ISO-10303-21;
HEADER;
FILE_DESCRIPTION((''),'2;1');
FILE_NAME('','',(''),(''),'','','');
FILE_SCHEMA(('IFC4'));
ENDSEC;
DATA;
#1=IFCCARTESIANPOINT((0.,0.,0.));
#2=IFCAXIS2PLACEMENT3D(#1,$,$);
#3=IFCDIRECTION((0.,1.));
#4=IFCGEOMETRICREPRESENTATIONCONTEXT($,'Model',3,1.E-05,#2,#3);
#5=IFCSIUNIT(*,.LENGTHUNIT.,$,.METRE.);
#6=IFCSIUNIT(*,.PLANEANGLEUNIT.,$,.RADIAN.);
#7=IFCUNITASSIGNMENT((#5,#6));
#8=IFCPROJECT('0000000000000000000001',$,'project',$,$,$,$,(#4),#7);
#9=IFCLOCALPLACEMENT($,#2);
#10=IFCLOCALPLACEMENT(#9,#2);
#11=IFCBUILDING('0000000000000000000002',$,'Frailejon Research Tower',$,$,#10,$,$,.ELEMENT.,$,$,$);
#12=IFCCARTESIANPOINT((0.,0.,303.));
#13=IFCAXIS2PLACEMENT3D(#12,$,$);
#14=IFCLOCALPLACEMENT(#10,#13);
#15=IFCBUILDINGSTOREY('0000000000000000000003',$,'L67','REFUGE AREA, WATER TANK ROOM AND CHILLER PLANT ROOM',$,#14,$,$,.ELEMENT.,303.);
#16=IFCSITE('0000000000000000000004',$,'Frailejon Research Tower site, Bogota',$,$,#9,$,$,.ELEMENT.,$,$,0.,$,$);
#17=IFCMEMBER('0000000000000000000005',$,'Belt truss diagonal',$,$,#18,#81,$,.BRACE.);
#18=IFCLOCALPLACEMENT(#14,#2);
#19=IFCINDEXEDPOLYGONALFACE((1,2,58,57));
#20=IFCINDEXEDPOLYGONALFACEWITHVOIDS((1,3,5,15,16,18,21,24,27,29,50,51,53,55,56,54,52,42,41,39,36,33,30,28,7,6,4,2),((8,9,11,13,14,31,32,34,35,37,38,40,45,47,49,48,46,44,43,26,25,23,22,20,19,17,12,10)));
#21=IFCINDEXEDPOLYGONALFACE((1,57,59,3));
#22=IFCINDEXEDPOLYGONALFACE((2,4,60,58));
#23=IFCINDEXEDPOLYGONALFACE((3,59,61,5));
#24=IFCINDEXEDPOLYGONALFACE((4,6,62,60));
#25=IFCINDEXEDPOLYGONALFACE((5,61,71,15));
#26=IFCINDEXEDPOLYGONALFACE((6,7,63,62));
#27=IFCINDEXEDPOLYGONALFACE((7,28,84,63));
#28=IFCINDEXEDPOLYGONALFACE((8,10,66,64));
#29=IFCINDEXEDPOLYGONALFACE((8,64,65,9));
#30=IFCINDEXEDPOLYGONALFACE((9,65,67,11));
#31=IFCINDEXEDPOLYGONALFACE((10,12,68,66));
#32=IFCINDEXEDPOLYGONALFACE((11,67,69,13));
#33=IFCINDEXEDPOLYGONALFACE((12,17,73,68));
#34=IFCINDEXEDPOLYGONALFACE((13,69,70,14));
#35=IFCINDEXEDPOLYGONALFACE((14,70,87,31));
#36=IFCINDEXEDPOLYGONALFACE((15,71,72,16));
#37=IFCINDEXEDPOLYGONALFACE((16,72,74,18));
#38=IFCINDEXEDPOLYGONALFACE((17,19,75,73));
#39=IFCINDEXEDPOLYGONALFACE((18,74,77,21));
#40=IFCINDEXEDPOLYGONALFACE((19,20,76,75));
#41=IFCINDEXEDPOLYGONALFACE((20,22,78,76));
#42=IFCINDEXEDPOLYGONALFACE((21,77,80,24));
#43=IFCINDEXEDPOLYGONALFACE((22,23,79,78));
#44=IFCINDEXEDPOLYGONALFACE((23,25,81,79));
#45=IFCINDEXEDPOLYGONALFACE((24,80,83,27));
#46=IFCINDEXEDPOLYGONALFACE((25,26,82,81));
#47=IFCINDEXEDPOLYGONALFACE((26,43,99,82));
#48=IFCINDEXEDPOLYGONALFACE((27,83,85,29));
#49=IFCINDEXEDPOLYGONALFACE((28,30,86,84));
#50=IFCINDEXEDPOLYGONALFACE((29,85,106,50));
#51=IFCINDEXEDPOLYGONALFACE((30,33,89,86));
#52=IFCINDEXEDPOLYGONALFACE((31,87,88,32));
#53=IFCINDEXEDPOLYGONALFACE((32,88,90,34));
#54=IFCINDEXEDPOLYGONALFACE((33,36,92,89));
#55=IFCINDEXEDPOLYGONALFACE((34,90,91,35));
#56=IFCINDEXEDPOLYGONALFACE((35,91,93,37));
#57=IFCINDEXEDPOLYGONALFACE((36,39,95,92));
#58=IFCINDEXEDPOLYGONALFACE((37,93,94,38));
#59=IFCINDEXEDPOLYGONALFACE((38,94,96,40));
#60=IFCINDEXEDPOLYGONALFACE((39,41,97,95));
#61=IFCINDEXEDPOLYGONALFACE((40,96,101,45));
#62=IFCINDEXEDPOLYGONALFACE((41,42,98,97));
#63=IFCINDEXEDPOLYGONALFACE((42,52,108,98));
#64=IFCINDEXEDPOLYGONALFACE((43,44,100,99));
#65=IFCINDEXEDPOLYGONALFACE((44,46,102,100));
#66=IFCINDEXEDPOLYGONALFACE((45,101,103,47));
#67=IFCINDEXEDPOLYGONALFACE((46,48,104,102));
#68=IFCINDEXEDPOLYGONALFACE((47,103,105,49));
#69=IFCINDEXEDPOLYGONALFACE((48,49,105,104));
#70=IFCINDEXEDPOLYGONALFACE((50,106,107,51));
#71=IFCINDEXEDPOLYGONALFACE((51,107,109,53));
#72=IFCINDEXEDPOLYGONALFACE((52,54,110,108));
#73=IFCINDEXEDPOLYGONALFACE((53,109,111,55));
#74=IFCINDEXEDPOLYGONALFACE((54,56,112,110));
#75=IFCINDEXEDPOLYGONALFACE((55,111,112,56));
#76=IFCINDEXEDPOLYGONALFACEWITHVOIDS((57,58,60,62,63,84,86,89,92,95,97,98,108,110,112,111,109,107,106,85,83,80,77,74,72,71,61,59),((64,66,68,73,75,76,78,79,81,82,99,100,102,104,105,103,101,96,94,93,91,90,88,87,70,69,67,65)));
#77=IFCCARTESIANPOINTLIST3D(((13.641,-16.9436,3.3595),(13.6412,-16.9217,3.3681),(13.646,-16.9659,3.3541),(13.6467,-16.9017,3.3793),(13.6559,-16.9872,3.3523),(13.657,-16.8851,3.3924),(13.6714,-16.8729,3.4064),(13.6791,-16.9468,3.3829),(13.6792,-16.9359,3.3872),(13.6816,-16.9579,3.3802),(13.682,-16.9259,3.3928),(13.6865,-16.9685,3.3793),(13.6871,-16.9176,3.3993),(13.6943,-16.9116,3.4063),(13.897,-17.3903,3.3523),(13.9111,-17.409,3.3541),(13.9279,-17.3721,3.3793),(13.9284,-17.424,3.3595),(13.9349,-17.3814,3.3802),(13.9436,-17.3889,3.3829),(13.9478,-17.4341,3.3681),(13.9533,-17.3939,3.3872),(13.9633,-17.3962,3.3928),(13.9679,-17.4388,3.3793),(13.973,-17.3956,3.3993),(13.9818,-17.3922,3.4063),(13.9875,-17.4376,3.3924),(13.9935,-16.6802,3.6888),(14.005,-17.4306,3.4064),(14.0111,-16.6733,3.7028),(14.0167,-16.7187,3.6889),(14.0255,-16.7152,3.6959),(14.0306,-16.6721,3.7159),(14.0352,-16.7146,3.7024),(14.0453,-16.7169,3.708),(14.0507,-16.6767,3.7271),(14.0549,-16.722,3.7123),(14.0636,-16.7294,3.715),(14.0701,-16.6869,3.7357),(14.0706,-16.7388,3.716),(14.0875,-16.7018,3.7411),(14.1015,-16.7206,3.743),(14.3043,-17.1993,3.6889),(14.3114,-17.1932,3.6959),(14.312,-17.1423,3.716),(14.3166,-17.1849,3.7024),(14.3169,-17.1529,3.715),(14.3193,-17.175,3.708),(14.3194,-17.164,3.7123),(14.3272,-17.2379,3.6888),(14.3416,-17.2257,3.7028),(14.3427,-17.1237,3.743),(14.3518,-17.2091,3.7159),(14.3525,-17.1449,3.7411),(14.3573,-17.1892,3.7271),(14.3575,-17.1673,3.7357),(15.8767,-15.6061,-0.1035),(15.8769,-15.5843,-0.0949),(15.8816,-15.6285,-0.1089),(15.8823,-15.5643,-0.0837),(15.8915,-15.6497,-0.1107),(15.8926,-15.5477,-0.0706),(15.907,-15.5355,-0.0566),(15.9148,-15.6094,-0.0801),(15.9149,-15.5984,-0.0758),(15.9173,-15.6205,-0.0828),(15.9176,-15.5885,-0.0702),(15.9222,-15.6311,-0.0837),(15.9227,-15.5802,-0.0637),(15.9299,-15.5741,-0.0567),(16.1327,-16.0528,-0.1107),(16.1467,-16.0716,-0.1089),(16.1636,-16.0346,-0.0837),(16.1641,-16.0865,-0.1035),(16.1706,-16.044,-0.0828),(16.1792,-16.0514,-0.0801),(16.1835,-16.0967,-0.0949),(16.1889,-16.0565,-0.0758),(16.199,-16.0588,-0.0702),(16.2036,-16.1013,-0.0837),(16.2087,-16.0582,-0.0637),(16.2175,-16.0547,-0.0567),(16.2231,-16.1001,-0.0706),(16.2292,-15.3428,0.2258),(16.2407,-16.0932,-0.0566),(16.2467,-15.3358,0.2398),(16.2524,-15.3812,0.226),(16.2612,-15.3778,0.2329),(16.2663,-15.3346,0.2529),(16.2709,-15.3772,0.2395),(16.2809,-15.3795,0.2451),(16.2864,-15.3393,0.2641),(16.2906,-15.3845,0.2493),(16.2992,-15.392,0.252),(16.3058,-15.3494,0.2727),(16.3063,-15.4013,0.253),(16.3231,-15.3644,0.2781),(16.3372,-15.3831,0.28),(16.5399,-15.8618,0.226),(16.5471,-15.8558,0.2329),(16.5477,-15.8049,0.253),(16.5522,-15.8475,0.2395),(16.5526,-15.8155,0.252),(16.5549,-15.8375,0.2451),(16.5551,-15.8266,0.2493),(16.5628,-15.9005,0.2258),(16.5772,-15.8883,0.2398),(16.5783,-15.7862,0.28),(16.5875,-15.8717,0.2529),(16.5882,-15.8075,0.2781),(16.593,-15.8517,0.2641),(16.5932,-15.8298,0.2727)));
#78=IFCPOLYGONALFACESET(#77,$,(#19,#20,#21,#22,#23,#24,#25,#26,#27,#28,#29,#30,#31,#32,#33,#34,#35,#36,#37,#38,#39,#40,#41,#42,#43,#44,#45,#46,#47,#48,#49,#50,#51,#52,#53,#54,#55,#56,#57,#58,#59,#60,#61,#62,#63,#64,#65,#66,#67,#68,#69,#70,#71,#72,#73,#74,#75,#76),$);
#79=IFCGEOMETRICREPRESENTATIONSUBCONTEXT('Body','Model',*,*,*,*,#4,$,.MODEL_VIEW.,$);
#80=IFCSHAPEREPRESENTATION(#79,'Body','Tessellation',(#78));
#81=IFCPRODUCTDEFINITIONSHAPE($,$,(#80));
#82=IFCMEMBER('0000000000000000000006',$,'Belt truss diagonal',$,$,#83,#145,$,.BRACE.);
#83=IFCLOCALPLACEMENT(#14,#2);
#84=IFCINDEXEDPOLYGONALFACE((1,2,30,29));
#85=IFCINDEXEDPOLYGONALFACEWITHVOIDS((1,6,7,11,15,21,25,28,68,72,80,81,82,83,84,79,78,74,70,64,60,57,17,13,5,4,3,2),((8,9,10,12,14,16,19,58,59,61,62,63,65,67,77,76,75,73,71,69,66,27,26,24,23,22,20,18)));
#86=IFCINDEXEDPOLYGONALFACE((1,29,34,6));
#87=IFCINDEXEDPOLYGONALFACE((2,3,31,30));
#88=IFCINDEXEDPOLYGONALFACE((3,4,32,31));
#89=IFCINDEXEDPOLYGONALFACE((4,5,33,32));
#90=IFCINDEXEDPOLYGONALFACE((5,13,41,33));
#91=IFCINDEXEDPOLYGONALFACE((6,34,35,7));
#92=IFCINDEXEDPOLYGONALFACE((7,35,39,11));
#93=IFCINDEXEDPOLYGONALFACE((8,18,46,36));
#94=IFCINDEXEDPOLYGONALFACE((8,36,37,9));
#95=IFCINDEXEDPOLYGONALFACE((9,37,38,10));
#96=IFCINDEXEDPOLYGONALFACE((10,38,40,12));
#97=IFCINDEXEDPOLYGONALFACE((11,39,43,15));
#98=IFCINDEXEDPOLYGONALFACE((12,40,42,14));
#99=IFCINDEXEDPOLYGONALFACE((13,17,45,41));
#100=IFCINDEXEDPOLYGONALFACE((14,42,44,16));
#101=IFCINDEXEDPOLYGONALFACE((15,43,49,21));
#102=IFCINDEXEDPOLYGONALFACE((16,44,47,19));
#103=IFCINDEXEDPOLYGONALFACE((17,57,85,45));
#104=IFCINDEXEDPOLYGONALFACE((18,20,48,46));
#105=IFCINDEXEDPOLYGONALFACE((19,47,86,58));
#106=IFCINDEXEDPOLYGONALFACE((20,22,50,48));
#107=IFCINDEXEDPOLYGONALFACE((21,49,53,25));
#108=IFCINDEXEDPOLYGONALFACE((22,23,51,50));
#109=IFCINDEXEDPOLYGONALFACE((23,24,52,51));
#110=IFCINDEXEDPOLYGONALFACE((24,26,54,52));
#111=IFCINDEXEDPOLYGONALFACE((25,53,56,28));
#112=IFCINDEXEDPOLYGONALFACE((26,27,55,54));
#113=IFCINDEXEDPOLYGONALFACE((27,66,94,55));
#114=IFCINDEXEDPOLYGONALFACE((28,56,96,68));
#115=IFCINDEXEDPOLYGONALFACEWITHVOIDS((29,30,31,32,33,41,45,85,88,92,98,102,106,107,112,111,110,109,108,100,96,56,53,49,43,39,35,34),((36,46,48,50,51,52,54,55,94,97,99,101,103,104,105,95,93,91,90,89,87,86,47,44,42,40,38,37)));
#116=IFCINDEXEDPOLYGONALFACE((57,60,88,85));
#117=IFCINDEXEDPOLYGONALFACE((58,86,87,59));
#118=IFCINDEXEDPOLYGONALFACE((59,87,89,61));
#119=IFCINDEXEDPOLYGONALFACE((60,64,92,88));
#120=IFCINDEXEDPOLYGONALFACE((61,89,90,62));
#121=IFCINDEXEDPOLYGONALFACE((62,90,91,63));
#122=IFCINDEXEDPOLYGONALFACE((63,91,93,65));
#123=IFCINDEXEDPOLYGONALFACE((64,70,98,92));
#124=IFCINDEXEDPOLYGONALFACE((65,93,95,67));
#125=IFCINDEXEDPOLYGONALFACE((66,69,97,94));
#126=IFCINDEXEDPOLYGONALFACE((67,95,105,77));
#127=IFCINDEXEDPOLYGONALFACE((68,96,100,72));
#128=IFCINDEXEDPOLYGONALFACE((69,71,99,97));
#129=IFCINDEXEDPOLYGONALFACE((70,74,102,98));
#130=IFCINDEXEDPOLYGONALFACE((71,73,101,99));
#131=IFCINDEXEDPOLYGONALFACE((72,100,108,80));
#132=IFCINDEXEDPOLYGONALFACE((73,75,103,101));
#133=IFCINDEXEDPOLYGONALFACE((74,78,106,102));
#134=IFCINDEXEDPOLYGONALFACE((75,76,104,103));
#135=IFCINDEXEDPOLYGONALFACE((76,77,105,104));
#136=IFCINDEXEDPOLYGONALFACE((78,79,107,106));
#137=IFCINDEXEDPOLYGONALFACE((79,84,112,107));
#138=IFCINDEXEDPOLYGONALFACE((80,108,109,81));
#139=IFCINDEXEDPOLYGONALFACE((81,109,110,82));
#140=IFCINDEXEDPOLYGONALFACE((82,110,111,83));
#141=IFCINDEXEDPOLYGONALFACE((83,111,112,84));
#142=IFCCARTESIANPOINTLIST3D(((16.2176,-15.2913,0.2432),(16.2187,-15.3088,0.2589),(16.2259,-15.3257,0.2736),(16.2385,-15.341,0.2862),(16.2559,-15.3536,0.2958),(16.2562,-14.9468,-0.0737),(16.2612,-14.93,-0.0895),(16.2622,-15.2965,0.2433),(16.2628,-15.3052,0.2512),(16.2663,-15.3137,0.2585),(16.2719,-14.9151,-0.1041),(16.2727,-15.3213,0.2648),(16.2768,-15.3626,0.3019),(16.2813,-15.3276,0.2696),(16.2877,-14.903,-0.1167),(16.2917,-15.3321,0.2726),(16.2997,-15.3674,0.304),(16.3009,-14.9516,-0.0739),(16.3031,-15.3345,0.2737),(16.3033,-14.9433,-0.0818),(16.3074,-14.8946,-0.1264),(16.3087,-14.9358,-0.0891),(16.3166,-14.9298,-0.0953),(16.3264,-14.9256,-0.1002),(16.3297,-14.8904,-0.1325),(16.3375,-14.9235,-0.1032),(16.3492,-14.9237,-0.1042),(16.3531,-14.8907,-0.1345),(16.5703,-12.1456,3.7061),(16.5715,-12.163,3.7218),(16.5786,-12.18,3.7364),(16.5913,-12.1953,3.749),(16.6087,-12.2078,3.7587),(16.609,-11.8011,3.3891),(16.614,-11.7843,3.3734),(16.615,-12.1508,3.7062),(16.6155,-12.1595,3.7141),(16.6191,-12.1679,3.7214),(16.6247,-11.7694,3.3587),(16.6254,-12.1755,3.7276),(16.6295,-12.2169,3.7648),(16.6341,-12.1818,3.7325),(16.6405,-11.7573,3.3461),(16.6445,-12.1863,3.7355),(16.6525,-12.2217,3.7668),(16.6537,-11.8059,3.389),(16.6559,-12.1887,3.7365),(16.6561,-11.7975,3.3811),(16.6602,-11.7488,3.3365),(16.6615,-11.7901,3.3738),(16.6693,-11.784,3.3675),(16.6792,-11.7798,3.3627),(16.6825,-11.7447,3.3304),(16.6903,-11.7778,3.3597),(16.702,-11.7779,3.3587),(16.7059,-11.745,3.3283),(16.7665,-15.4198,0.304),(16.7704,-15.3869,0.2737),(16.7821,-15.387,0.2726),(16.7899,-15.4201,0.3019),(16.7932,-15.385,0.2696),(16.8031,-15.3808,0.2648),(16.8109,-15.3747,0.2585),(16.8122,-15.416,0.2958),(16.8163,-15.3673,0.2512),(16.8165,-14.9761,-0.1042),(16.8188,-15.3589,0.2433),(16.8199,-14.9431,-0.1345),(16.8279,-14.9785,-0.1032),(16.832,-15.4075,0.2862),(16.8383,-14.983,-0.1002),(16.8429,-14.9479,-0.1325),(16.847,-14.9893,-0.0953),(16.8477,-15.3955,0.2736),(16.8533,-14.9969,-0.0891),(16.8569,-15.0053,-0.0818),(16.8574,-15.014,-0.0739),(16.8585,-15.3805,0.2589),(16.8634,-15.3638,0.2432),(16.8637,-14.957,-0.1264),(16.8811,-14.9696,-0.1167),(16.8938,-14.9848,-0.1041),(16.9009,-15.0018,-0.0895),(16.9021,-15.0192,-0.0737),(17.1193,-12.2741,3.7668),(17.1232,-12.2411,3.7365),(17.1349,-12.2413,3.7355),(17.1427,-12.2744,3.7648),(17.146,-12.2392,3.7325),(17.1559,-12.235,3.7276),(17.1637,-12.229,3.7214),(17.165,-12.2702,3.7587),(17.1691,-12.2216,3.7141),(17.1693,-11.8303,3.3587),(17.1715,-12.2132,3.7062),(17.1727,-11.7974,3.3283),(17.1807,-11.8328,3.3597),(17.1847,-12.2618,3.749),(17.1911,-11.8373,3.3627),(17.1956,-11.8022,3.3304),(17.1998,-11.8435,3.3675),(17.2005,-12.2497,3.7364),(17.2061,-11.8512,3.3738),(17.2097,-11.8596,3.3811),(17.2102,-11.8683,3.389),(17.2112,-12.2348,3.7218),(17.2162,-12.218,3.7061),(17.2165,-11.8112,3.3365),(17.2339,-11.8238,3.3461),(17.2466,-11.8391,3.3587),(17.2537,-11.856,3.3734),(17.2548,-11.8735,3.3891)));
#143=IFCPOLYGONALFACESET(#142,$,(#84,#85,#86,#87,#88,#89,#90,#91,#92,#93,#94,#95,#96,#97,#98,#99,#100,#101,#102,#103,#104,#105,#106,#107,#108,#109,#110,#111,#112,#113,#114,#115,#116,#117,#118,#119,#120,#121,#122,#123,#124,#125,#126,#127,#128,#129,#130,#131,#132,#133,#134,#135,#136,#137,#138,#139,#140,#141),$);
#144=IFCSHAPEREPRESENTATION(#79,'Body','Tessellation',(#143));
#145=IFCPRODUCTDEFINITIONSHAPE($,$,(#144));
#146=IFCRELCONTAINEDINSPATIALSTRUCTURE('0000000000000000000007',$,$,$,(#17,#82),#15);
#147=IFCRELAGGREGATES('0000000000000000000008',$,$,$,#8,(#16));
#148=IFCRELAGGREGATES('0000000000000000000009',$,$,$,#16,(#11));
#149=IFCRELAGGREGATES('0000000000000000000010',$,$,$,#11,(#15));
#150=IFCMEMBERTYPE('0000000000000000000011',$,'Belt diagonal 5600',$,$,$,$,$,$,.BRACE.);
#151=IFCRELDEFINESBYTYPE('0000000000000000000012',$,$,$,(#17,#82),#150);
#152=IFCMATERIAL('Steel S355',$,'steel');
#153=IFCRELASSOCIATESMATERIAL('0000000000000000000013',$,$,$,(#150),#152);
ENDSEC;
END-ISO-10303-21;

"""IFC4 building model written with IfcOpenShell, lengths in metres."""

from ifc_helpers import new_model, si_unit, direction, frame, origin, origin_2d, place, context, subcontext, project, spatial, hollow_rectangle, extrude, material, material_profile, profile_set, type_object, element, save


model = new_model("IFC4")

# Units and contexts
model_context = context("Model", 3, precision=1e-05, world=origin(), true_north=direction((0.0, 1.0)))
body_context = subcontext(model_context, "Body", "Model", "MODEL_VIEW")
ifc_project = project(units=[si_unit("LENGTHUNIT", "METRE"), si_unit("PLANEANGLEUNIT", "RADIAN")], contexts=[model_context])

# Site, building, storey
site_placement = place(None, origin())
site = spatial("IfcSite", under=ifc_project, at=site_placement, Name="Frailejon Research Tower site, Bogota", CompositionType="ELEMENT", RefElevation=0.0)
building_placement = place(site_placement, origin())
building = spatial("IfcBuilding", under=site, at=building_placement, Name="Frailejon Research Tower", CompositionType="ELEMENT")
storey_placement = place(building_placement, frame((0.0, 0.0, 303.0)))
storey = spatial("IfcBuildingStorey", under=building, at=storey_placement, Name="L67", Description="REFUGE AREA, WATER TANK ROOM AND CHILLER PLANT ROOM", CompositionType="ELEMENT", Elevation=303.0)

# Members
ifc_material_1 = material(Name="Steel S355", Category="steel")
ifc_material_profile_1 = material_profile(ifc_material_1, hollow_rectangle(XDim=0.6499, YDim=0.6499, WallThickness=0.0449, InnerFilletRadius=0.0449, OuterFilletRadius=0.0901, at=origin_2d()), Name="Belt diagonal 5600")
ifc_profile_set_1 = profile_set([ifc_material_profile_1], Name="Steel S355")
member_type = type_object("IfcMemberType", Name="Belt diagonal 5600", PredefinedType="BRACE", material=ifc_profile_set_1)
member_1_placement = place(storey_placement, frame((13.9993, -17.0554, 3.5476), z_axis=(0.515902, 0.308628, -0.799121), x_axis=(-0.513379, 0.858162, 0.0)))
element("IfcMember", 1, at=member_1_placement, inside=storey, type_object=member_type, Name="Belt truss diagonal", PredefinedType="BRACE", context=body_context, shape_type="SweptSolid", body=[
    extrude(hollow_rectangle(XDim=0.6499, YDim=0.6499, WallThickness=0.0449, InnerFilletRadius=0.0449, OuterFilletRadius=0.0901, at=origin_2d()), origin(), (0.0, 0.0, 1.0), 4.3335),
])
member_2_placement = place(storey_placement, frame((16.5598, -15.1553, 0.0847), z_axis=(0.075193, 0.670496, 0.738092), x_axis=(-0.99377, 0.111447, 0.0)))
element("IfcMember", 2, at=member_2_placement, inside=storey, type_object=member_type, Name="Belt truss diagonal", PredefinedType="BRACE", context=body_context, shape_type="SweptSolid", body=[
    extrude(hollow_rectangle(XDim=0.6499, YDim=0.6499, WallThickness=0.0449, InnerFilletRadius=0.0449, OuterFilletRadius=0.0901, at=origin_2d()), origin(), (0.0, 0.0, 1.0), 4.6917),
])

save(model, "model.ifc")
